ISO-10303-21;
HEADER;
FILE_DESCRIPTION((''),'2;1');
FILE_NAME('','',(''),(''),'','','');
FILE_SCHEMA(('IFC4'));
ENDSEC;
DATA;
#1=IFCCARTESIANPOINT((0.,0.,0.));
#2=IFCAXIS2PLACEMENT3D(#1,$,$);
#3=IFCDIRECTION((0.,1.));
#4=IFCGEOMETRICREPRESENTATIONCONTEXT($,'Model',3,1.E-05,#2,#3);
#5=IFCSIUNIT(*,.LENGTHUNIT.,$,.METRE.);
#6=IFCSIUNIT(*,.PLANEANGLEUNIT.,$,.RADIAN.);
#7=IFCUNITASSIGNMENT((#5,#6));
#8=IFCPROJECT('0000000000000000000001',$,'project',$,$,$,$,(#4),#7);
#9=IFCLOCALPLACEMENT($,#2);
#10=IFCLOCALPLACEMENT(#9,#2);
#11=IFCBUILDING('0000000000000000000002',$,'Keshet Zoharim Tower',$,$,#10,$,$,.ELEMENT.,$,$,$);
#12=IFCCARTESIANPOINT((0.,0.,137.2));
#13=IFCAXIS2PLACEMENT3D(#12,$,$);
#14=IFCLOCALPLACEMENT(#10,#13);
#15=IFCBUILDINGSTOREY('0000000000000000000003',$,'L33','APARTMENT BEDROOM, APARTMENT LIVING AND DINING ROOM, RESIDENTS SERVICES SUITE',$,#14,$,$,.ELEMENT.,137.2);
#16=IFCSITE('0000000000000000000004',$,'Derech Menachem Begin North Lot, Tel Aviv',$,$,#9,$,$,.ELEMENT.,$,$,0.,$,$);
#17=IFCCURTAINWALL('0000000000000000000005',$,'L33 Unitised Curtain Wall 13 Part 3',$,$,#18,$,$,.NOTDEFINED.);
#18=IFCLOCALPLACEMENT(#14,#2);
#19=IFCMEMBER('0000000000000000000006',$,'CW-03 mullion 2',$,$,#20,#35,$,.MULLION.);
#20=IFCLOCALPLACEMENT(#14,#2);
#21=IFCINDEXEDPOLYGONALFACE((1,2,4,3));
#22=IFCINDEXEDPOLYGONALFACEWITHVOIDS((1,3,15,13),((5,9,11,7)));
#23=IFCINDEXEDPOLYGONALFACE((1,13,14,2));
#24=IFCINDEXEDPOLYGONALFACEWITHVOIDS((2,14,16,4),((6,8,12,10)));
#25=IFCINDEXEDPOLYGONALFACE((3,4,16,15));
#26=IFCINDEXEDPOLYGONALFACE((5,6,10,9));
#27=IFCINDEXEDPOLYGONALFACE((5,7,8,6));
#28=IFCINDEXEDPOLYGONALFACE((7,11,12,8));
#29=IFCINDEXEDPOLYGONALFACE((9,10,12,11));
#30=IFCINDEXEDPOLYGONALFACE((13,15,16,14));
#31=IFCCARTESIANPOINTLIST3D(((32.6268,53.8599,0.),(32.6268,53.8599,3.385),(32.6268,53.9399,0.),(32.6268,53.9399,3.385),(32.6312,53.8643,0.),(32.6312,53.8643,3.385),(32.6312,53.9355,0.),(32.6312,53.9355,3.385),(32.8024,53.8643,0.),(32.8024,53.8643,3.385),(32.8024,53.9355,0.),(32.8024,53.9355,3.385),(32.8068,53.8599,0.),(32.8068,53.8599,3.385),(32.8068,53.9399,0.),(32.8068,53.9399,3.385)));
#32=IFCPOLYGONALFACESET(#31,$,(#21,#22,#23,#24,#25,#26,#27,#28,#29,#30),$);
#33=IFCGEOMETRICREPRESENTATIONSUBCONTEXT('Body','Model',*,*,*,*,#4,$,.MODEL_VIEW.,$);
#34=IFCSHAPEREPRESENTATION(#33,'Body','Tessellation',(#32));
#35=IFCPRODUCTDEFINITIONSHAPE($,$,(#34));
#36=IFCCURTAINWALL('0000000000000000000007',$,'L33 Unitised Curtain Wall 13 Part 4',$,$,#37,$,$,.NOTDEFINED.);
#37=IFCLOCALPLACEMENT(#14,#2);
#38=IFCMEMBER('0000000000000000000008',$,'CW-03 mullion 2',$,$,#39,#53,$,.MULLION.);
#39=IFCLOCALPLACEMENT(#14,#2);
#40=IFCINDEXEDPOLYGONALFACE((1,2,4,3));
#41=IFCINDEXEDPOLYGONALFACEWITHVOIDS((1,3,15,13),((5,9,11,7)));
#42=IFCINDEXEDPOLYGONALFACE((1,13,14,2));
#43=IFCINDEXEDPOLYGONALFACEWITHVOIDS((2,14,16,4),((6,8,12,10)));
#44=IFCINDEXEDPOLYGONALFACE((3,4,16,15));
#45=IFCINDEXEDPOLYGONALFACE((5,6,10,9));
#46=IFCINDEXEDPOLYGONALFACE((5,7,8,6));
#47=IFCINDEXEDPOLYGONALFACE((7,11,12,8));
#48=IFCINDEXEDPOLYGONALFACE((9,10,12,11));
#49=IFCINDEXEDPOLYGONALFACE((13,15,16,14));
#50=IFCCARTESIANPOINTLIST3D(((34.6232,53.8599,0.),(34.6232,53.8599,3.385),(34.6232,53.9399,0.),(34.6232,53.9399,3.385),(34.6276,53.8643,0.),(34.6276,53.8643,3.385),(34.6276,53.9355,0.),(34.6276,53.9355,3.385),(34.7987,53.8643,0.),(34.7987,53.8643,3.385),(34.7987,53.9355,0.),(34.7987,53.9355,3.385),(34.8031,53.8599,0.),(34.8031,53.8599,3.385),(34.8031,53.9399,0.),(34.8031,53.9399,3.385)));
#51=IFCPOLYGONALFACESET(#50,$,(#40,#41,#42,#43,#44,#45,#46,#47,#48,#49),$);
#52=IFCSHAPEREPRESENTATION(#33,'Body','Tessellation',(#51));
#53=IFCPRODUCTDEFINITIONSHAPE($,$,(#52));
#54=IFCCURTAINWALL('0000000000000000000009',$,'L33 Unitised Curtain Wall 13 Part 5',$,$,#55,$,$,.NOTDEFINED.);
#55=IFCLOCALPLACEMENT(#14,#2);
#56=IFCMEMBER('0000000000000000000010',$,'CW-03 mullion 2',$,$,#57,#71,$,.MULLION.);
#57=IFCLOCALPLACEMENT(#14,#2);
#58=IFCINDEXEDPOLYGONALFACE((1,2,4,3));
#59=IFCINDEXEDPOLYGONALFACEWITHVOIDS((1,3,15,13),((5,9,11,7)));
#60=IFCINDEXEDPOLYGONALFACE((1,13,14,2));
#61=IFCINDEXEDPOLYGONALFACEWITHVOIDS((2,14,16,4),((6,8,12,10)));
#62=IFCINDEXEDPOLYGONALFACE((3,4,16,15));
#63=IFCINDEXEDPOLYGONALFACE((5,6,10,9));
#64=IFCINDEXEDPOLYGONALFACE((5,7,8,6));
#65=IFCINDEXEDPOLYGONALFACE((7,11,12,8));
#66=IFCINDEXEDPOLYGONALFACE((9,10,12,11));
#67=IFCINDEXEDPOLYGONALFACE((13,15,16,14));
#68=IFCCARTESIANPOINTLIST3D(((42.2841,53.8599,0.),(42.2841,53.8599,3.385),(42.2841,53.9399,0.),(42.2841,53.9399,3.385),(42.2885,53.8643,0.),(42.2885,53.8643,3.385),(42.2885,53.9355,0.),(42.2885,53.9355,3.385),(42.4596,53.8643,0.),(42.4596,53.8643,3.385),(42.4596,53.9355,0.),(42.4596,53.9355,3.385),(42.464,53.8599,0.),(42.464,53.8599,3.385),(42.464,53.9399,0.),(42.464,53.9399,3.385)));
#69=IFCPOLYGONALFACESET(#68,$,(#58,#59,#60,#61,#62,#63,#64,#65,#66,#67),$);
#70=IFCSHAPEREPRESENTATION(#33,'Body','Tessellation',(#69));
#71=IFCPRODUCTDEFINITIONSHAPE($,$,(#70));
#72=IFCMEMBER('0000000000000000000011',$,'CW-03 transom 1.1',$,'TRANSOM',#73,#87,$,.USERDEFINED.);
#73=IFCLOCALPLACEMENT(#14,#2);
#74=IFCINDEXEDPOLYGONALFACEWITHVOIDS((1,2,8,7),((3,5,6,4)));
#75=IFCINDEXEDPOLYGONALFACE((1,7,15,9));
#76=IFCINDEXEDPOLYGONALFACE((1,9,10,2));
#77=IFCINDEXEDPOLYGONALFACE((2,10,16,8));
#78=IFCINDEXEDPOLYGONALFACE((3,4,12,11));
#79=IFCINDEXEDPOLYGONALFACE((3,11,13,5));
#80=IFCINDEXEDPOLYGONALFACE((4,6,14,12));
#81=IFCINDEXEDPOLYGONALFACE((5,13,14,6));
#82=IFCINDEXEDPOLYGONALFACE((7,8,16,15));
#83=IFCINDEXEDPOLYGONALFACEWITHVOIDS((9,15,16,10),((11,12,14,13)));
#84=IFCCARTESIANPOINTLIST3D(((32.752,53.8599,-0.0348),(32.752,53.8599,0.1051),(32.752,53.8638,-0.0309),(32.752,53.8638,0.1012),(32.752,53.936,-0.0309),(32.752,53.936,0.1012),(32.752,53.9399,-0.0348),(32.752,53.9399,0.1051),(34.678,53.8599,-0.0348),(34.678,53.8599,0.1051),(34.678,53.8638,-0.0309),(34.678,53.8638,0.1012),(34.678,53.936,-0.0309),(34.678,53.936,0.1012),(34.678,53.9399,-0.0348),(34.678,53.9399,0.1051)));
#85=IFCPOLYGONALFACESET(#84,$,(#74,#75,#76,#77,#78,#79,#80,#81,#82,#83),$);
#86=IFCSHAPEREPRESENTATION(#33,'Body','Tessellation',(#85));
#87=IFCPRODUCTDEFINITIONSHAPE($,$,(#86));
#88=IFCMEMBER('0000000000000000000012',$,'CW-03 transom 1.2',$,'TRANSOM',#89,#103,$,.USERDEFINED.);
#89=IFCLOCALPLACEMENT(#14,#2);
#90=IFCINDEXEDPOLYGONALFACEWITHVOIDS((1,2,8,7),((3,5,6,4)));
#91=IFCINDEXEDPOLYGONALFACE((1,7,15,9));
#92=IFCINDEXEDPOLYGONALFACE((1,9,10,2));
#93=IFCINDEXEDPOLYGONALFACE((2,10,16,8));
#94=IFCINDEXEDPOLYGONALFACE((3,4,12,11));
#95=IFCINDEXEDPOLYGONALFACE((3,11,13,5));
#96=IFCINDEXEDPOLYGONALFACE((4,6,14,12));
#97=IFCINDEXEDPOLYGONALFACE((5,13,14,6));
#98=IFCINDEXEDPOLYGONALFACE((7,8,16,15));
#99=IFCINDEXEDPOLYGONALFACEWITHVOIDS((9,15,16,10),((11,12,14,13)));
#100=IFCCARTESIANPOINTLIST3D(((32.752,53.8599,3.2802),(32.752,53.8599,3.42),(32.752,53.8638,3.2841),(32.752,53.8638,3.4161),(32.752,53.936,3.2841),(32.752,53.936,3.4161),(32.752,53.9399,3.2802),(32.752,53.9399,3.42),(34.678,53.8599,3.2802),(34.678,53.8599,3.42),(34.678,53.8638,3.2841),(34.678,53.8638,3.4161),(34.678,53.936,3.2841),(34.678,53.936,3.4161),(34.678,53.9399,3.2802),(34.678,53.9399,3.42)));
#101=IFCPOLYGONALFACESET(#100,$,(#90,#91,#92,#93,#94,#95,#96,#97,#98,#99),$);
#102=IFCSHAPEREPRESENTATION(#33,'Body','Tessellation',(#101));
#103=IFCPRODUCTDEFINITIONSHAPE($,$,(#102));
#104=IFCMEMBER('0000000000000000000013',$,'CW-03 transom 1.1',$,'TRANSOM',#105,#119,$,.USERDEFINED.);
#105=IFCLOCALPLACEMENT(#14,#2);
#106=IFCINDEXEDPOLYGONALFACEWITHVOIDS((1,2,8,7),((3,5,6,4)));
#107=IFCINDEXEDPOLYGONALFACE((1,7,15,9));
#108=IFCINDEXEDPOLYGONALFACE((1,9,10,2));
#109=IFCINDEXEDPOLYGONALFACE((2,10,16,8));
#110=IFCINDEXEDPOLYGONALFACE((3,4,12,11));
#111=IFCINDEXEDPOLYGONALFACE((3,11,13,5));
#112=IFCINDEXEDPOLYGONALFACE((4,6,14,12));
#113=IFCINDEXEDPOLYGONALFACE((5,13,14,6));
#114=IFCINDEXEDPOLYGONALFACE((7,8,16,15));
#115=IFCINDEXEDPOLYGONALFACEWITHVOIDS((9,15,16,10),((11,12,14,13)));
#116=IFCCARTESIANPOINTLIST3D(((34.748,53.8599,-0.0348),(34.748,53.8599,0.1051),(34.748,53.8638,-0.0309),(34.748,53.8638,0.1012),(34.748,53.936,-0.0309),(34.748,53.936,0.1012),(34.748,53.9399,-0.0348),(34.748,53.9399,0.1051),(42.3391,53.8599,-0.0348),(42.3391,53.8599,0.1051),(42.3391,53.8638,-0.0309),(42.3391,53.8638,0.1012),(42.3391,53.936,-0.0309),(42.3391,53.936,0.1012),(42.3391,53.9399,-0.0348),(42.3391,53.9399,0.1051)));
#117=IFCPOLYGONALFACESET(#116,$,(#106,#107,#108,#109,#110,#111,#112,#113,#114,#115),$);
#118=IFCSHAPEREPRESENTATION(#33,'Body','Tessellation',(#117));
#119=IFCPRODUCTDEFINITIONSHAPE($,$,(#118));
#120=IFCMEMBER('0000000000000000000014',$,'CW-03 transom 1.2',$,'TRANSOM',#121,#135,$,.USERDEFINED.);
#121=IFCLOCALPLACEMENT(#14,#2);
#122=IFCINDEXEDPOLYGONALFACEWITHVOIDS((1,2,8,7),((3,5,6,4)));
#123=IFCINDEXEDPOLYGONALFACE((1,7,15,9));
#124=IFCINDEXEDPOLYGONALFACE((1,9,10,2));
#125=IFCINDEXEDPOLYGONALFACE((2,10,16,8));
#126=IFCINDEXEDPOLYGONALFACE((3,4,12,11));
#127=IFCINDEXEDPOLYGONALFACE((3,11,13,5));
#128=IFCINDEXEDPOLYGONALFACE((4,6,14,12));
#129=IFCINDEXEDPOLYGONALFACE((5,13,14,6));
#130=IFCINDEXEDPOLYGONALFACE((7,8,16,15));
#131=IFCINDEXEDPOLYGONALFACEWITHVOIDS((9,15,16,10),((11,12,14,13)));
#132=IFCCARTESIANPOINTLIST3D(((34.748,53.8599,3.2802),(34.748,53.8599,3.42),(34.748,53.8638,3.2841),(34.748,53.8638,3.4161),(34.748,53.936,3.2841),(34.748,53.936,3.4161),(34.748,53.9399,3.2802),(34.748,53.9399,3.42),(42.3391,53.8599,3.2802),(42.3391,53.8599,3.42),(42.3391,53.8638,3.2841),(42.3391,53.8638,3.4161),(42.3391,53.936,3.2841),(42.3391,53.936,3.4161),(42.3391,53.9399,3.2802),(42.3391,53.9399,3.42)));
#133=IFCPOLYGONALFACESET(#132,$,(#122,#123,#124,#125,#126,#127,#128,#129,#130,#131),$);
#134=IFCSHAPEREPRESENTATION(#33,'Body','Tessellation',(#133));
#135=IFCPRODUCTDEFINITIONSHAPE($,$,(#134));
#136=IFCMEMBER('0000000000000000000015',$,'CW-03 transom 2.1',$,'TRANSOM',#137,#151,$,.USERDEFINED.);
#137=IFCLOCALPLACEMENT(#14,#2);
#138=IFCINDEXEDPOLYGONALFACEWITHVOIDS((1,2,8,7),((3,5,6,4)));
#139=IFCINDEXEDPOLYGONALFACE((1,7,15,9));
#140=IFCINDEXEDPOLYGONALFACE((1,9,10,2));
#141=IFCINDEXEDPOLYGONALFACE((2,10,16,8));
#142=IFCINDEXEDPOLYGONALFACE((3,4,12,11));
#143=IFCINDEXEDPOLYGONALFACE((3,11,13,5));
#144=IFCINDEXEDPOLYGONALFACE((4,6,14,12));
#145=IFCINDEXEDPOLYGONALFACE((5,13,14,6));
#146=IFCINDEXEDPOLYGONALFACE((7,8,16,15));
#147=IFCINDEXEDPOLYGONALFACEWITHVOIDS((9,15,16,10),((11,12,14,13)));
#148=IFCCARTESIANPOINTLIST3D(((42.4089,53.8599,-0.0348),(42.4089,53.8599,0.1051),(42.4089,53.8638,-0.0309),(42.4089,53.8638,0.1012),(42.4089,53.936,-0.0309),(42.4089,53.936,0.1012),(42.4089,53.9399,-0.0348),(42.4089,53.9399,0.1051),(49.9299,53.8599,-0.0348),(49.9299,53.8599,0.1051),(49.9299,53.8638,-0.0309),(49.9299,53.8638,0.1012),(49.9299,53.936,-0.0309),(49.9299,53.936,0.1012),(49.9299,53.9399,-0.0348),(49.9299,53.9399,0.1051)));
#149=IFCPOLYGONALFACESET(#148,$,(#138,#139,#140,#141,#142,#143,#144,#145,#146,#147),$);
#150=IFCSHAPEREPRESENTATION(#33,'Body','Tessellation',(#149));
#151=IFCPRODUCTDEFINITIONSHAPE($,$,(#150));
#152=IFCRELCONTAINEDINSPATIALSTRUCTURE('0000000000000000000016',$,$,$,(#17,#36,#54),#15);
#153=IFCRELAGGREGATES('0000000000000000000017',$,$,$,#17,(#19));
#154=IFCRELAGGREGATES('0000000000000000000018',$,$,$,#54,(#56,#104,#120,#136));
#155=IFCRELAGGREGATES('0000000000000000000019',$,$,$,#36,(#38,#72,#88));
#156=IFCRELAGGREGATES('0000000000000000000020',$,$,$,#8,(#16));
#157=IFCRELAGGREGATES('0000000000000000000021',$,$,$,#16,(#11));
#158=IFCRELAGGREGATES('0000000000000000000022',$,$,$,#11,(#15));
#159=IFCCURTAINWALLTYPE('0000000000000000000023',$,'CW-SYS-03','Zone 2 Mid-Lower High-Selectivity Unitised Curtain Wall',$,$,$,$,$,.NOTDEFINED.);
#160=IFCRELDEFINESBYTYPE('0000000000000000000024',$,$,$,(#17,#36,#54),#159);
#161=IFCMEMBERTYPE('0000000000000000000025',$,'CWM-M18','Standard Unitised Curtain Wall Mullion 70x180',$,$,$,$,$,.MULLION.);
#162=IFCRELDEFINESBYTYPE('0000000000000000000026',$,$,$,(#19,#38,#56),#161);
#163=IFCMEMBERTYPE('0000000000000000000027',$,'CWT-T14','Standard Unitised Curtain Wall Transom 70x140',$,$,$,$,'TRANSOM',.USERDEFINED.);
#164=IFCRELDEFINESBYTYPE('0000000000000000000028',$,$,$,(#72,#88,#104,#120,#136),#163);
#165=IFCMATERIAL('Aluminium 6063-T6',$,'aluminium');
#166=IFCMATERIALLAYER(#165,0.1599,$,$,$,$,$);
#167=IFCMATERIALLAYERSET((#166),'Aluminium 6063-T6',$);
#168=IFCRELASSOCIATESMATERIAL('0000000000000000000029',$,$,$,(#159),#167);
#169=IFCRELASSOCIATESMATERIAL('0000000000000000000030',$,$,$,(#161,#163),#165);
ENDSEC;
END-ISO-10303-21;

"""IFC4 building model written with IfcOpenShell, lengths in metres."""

from ifc_helpers import new_model, si_unit, direction, frame, origin, origin_2d, place, context, subcontext, project, spatial, hollow_rectangle, extrude, material, layer, layer_set, material_profile, profile_set, type_object, element, aggregate, save


model = new_model("IFC4")

# Units and contexts
model_context = context("Model", 3, precision=1e-05, world=origin(), true_north=direction((0.0, 1.0)))
body_context = subcontext(model_context, "Body", "Model", "MODEL_VIEW")
ifc_project = project(units=[si_unit("LENGTHUNIT", "METRE"), si_unit("PLANEANGLEUNIT", "RADIAN")], contexts=[model_context])

# Site, building, storey
site_placement = place(None, origin())
site = spatial("IfcSite", under=ifc_project, at=site_placement, Name="Derech Menachem Begin North Lot, Tel Aviv", CompositionType="ELEMENT", RefElevation=0.0)
building_placement = place(site_placement, origin())
building = spatial("IfcBuilding", under=site, at=building_placement, Name="Keshet Zoharim Tower", CompositionType="ELEMENT")
storey_placement = place(building_placement, frame((0.0, 0.0, 137.2)))
storey = spatial("IfcBuildingStorey", under=building, at=storey_placement, Name="L33", Description="APARTMENT BEDROOM, APARTMENT LIVING AND DINING ROOM, RESIDENTS SERVICES SUITE", CompositionType="ELEMENT", Elevation=137.2)

# Curtain walls, members
ifc_material_1 = material(Name="Aluminium 6063-T6", Category="aluminium")
ifc_layer_1 = layer(ifc_material_1, 0.1599)
ifc_layer_set_1 = layer_set([ifc_layer_1], Name="Aluminium 6063-T6")
curtain_wall_type = type_object("IfcCurtainWallType", Name="CW-SYS-03", Description="Zone 2 Mid-Lower High-Selectivity Unitised Curtain Wall", PredefinedType="NOTDEFINED", material=ifc_layer_set_1)
curtain_wall_1_placement = place(storey_placement, origin())
curtain_wall_1 = element("IfcCurtainWall", 1, at=curtain_wall_1_placement, inside=storey, type_object=curtain_wall_type, Name="L33 Unitised Curtain Wall 13 Part 3", PredefinedType="NOTDEFINED")
ifc_material_profile_1 = material_profile(ifc_material_1, hollow_rectangle(XDim=0.0801, YDim=0.1799, WallThickness=0.0044, at=origin_2d()), Name="MUL-80x180")
ifc_profile_set_1 = profile_set([ifc_material_profile_1], Name="Aluminium 6063-T6")
member_type_1 = type_object("IfcMemberType", Name="CWM-M18", Description="Standard Unitised Curtain Wall Mullion 70x180", PredefinedType="MULLION", material=ifc_profile_set_1)
member_1_placement = place(storey_placement, frame((32.7168, 53.8999, 0.0), z_axis=(0.0, 0.0, 1.0), x_axis=(0.0, 1.0, 0.0)))
member_1 = element("IfcMember", 2, at=member_1_placement, type_object=member_type_1, Name="CW-03 mullion 2", PredefinedType="MULLION", context=body_context, shape_type="SweptSolid", body=[
    extrude(hollow_rectangle(XDim=0.0801, YDim=0.1799, WallThickness=0.0044, at=origin_2d()), origin(), (0.0, 0.0, 1.0), 3.385),
])
aggregate(curtain_wall_1, [member_1])
curtain_wall_2_placement = place(storey_placement, origin())
curtain_wall_2 = element("IfcCurtainWall", 3, at=curtain_wall_2_placement, inside=storey, type_object=curtain_wall_type, Name="L33 Unitised Curtain Wall 13 Part 4", PredefinedType="NOTDEFINED")
member_2_placement = place(storey_placement, frame((34.7131, 53.8999, 0.0), z_axis=(0.0, 0.0, 1.0), x_axis=(0.0, 1.0, 0.0)))
member_2 = element("IfcMember", 4, at=member_2_placement, type_object=member_type_1, Name="CW-03 mullion 2", PredefinedType="MULLION", context=body_context, shape_type="SweptSolid", body=[
    extrude(hollow_rectangle(XDim=0.0801, YDim=0.1799, WallThickness=0.0044, at=origin_2d()), origin(), (0.0, 0.0, 1.0), 3.385),
])
curtain_wall_3_placement = place(storey_placement, origin())
curtain_wall_3 = element("IfcCurtainWall", 5, at=curtain_wall_3_placement, inside=storey, type_object=curtain_wall_type, Name="L33 Unitised Curtain Wall 13 Part 5", PredefinedType="NOTDEFINED")
member_3_placement = place(storey_placement, frame((42.374, 53.8999, 0.0), z_axis=(0.0, 0.0, 1.0), x_axis=(0.0, 1.0, 0.0)))
member_3 = element("IfcMember", 6, at=member_3_placement, type_object=member_type_1, Name="CW-03 mullion 2", PredefinedType="MULLION", context=body_context, shape_type="SweptSolid", body=[
    extrude(hollow_rectangle(XDim=0.0801, YDim=0.1799, WallThickness=0.0044, at=origin_2d()), origin(), (0.0, 0.0, 1.0), 3.385),
])

# Members
ifc_material_profile_2 = material_profile(ifc_material_1, hollow_rectangle(XDim=0.0801, YDim=0.1399, WallThickness=0.0039, at=origin_2d()), Name="TRN-80x140")
ifc_profile_set_2 = profile_set([ifc_material_profile_2], Name="Aluminium 6063-T6")
member_type_2 = type_object("IfcMemberType", Name="CWT-T14", Description="Standard Unitised Curtain Wall Transom 70x140", ElementType="TRANSOM", PredefinedType="USERDEFINED", material=ifc_profile_set_2)
member_4_placement = place(storey_placement, frame((32.752, 53.8999, 0.0352), z_axis=(1.0, 0.0, 0.0), x_axis=(0.0, 1.0, 0.0)))
member_4 = element("IfcMember", 7, at=member_4_placement, type_object=member_type_2, Name="CW-03 transom 1.1", ObjectType="TRANSOM", PredefinedType="USERDEFINED", context=body_context, shape_type="SweptSolid", body=[
    extrude(hollow_rectangle(XDim=0.0801, YDim=0.1399, WallThickness=0.0039, at=origin_2d()), origin(), (0.0, 0.0, 1.0), 1.926),
])
member_5_placement = place(storey_placement, frame((32.752, 53.8999, 3.3501), z_axis=(1.0, 0.0, 0.0), x_axis=(0.0, 1.0, 0.0)))
member_5 = element("IfcMember", 8, at=member_5_placement, type_object=member_type_2, Name="CW-03 transom 1.2", ObjectType="TRANSOM", PredefinedType="USERDEFINED", context=body_context, shape_type="SweptSolid", body=[
    extrude(hollow_rectangle(XDim=0.0801, YDim=0.1399, WallThickness=0.0039, at=origin_2d()), origin(), (0.0, 0.0, 1.0), 1.926),
])
member_6_placement = place(storey_placement, frame((34.748, 53.8999, 0.0352), z_axis=(1.0, 0.0, 0.0), x_axis=(0.0, 1.0, 0.0)))
member_6 = element("IfcMember", 9, at=member_6_placement, type_object=member_type_2, Name="CW-03 transom 1.1", ObjectType="TRANSOM", PredefinedType="USERDEFINED", context=body_context, shape_type="SweptSolid", body=[
    extrude(hollow_rectangle(XDim=0.0801, YDim=0.1399, WallThickness=0.0039, at=origin_2d()), origin(), (0.0, 0.0, 1.0), 7.5911),
])
member_7_placement = place(storey_placement, frame((34.748, 53.8999, 3.3501), z_axis=(1.0, 0.0, 0.0), x_axis=(0.0, 1.0, 0.0)))
member_7 = element("IfcMember", 10, at=member_7_placement, type_object=member_type_2, Name="CW-03 transom 1.2", ObjectType="TRANSOM", PredefinedType="USERDEFINED", context=body_context, shape_type="SweptSolid", body=[
    extrude(hollow_rectangle(XDim=0.0801, YDim=0.1399, WallThickness=0.0039, at=origin_2d()), origin(), (0.0, 0.0, 1.0), 7.5911),
])
member_8_placement = place(storey_placement, frame((42.4089, 53.8999, 0.0352), z_axis=(1.0, 0.0, 0.0), x_axis=(0.0, 1.0, 0.0)))
member_8 = element("IfcMember", 11, at=member_8_placement, type_object=member_type_2, Name="CW-03 transom 2.1", ObjectType="TRANSOM", PredefinedType="USERDEFINED", context=body_context, shape_type="SweptSolid", body=[
    extrude(hollow_rectangle(XDim=0.0801, YDim=0.1399, WallThickness=0.0039, at=origin_2d()), origin(), (0.0, 0.0, 1.0), 7.521),
])

aggregate(curtain_wall_3, [member_3, member_6, member_7, member_8])
aggregate(curtain_wall_2, [member_2, member_4, member_5])

save(model, "model.ifc")
